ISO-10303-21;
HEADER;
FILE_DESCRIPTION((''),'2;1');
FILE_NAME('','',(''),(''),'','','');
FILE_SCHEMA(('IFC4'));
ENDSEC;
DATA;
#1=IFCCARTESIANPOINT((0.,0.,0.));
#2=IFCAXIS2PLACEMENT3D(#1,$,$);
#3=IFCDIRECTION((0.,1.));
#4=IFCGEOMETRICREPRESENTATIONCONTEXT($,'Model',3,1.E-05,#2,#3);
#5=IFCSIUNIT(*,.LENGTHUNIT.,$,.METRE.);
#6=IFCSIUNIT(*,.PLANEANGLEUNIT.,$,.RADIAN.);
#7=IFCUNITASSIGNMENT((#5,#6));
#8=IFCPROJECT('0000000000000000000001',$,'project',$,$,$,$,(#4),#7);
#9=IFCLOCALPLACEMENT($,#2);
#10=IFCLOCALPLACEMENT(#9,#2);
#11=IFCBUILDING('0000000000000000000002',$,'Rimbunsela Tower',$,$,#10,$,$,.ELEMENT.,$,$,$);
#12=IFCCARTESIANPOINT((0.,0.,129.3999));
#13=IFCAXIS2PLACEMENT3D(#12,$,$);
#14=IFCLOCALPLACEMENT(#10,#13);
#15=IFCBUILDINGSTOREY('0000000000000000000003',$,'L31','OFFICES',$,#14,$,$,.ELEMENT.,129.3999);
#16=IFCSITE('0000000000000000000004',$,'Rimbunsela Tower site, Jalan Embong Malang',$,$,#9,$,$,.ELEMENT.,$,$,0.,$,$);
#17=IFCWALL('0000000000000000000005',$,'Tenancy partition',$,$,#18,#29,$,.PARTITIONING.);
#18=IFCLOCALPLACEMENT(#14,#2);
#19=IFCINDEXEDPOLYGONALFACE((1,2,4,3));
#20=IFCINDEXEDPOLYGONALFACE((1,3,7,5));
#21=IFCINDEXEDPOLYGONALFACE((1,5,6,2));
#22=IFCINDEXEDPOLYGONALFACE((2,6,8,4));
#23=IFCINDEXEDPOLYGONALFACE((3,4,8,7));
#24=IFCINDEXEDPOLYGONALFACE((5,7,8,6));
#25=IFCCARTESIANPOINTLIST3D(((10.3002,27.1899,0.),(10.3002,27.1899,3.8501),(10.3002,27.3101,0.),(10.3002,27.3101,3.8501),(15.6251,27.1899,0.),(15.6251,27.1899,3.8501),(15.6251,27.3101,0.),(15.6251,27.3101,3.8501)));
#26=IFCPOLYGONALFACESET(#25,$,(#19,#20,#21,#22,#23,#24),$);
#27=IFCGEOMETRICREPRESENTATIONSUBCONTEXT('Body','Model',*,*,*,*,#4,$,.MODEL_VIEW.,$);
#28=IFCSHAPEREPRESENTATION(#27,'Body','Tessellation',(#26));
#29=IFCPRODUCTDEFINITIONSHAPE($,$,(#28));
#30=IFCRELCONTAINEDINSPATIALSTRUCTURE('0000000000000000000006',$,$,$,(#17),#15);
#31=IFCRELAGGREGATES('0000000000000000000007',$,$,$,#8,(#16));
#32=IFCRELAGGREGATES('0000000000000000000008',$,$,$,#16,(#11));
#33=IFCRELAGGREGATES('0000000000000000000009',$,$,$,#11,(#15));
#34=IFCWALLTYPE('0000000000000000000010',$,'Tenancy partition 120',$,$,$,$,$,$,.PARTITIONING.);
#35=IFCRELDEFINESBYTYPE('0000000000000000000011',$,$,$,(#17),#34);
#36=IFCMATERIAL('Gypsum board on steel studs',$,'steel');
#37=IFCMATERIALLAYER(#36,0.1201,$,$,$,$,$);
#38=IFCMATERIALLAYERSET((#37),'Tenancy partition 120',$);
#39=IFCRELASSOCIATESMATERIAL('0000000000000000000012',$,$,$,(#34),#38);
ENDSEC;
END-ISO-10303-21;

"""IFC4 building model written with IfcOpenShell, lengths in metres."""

from ifc_helpers import new_model, si_unit, direction, frame, frame_2d, origin, place, context, subcontext, project, spatial, rectangle, extrude, material, layer, layer_set, type_object, element, save


model = new_model("IFC4")

# Units and contexts
model_context = context("Model", 3, precision=1e-05, world=origin(), true_north=direction((0.0, 1.0)))
body_context = subcontext(model_context, "Body", "Model", "MODEL_VIEW")
ifc_project = project(units=[si_unit("LENGTHUNIT", "METRE"), si_unit("PLANEANGLEUNIT", "RADIAN")], contexts=[model_context])

# Site, building, storey
site_placement = place(None, origin())
site = spatial("IfcSite", under=ifc_project, at=site_placement, Name="Rimbunsela Tower site, Jalan Embong Malang", CompositionType="ELEMENT", RefElevation=0.0)
building_placement = place(site_placement, origin())
building = spatial("IfcBuilding", under=site, at=building_placement, Name="Rimbunsela Tower", CompositionType="ELEMENT")
storey_placement = place(building_placement, frame((0.0, 0.0, 129.3999)))
storey = spatial("IfcBuildingStorey", under=building, at=storey_placement, Name="L31", Description="OFFICES", CompositionType="ELEMENT", Elevation=129.3999)

# Wall
ifc_material_1 = material(Name="Gypsum board on steel studs", Category="steel")
ifc_layer_1 = layer(ifc_material_1, 0.1201)
ifc_layer_set_1 = layer_set([ifc_layer_1], Name="Tenancy partition 120")
wall_type_1 = type_object("IfcWallType", Name="Tenancy partition 120", PredefinedType="PARTITIONING", material=ifc_layer_set_1)
wall_1_placement = place(storey_placement, frame((10.3, 27.25, 0.0), z_axis=(0.0, 0.0, 1.0), x_axis=(1.0, 0.0, 0.0)))
element("IfcWall", 1, at=wall_1_placement, inside=storey, type_object=wall_type_1, Name="Tenancy partition", PredefinedType="PARTITIONING", context=body_context, shape_type="SweptSolid", body=[
    extrude(rectangle(XDim=5.325, YDim=0.1201, at=frame_2d((2.6626, 0.0))), origin(), (0.0, 0.0, 1.0), 3.8501),
])

save(model, "model.ifc")
